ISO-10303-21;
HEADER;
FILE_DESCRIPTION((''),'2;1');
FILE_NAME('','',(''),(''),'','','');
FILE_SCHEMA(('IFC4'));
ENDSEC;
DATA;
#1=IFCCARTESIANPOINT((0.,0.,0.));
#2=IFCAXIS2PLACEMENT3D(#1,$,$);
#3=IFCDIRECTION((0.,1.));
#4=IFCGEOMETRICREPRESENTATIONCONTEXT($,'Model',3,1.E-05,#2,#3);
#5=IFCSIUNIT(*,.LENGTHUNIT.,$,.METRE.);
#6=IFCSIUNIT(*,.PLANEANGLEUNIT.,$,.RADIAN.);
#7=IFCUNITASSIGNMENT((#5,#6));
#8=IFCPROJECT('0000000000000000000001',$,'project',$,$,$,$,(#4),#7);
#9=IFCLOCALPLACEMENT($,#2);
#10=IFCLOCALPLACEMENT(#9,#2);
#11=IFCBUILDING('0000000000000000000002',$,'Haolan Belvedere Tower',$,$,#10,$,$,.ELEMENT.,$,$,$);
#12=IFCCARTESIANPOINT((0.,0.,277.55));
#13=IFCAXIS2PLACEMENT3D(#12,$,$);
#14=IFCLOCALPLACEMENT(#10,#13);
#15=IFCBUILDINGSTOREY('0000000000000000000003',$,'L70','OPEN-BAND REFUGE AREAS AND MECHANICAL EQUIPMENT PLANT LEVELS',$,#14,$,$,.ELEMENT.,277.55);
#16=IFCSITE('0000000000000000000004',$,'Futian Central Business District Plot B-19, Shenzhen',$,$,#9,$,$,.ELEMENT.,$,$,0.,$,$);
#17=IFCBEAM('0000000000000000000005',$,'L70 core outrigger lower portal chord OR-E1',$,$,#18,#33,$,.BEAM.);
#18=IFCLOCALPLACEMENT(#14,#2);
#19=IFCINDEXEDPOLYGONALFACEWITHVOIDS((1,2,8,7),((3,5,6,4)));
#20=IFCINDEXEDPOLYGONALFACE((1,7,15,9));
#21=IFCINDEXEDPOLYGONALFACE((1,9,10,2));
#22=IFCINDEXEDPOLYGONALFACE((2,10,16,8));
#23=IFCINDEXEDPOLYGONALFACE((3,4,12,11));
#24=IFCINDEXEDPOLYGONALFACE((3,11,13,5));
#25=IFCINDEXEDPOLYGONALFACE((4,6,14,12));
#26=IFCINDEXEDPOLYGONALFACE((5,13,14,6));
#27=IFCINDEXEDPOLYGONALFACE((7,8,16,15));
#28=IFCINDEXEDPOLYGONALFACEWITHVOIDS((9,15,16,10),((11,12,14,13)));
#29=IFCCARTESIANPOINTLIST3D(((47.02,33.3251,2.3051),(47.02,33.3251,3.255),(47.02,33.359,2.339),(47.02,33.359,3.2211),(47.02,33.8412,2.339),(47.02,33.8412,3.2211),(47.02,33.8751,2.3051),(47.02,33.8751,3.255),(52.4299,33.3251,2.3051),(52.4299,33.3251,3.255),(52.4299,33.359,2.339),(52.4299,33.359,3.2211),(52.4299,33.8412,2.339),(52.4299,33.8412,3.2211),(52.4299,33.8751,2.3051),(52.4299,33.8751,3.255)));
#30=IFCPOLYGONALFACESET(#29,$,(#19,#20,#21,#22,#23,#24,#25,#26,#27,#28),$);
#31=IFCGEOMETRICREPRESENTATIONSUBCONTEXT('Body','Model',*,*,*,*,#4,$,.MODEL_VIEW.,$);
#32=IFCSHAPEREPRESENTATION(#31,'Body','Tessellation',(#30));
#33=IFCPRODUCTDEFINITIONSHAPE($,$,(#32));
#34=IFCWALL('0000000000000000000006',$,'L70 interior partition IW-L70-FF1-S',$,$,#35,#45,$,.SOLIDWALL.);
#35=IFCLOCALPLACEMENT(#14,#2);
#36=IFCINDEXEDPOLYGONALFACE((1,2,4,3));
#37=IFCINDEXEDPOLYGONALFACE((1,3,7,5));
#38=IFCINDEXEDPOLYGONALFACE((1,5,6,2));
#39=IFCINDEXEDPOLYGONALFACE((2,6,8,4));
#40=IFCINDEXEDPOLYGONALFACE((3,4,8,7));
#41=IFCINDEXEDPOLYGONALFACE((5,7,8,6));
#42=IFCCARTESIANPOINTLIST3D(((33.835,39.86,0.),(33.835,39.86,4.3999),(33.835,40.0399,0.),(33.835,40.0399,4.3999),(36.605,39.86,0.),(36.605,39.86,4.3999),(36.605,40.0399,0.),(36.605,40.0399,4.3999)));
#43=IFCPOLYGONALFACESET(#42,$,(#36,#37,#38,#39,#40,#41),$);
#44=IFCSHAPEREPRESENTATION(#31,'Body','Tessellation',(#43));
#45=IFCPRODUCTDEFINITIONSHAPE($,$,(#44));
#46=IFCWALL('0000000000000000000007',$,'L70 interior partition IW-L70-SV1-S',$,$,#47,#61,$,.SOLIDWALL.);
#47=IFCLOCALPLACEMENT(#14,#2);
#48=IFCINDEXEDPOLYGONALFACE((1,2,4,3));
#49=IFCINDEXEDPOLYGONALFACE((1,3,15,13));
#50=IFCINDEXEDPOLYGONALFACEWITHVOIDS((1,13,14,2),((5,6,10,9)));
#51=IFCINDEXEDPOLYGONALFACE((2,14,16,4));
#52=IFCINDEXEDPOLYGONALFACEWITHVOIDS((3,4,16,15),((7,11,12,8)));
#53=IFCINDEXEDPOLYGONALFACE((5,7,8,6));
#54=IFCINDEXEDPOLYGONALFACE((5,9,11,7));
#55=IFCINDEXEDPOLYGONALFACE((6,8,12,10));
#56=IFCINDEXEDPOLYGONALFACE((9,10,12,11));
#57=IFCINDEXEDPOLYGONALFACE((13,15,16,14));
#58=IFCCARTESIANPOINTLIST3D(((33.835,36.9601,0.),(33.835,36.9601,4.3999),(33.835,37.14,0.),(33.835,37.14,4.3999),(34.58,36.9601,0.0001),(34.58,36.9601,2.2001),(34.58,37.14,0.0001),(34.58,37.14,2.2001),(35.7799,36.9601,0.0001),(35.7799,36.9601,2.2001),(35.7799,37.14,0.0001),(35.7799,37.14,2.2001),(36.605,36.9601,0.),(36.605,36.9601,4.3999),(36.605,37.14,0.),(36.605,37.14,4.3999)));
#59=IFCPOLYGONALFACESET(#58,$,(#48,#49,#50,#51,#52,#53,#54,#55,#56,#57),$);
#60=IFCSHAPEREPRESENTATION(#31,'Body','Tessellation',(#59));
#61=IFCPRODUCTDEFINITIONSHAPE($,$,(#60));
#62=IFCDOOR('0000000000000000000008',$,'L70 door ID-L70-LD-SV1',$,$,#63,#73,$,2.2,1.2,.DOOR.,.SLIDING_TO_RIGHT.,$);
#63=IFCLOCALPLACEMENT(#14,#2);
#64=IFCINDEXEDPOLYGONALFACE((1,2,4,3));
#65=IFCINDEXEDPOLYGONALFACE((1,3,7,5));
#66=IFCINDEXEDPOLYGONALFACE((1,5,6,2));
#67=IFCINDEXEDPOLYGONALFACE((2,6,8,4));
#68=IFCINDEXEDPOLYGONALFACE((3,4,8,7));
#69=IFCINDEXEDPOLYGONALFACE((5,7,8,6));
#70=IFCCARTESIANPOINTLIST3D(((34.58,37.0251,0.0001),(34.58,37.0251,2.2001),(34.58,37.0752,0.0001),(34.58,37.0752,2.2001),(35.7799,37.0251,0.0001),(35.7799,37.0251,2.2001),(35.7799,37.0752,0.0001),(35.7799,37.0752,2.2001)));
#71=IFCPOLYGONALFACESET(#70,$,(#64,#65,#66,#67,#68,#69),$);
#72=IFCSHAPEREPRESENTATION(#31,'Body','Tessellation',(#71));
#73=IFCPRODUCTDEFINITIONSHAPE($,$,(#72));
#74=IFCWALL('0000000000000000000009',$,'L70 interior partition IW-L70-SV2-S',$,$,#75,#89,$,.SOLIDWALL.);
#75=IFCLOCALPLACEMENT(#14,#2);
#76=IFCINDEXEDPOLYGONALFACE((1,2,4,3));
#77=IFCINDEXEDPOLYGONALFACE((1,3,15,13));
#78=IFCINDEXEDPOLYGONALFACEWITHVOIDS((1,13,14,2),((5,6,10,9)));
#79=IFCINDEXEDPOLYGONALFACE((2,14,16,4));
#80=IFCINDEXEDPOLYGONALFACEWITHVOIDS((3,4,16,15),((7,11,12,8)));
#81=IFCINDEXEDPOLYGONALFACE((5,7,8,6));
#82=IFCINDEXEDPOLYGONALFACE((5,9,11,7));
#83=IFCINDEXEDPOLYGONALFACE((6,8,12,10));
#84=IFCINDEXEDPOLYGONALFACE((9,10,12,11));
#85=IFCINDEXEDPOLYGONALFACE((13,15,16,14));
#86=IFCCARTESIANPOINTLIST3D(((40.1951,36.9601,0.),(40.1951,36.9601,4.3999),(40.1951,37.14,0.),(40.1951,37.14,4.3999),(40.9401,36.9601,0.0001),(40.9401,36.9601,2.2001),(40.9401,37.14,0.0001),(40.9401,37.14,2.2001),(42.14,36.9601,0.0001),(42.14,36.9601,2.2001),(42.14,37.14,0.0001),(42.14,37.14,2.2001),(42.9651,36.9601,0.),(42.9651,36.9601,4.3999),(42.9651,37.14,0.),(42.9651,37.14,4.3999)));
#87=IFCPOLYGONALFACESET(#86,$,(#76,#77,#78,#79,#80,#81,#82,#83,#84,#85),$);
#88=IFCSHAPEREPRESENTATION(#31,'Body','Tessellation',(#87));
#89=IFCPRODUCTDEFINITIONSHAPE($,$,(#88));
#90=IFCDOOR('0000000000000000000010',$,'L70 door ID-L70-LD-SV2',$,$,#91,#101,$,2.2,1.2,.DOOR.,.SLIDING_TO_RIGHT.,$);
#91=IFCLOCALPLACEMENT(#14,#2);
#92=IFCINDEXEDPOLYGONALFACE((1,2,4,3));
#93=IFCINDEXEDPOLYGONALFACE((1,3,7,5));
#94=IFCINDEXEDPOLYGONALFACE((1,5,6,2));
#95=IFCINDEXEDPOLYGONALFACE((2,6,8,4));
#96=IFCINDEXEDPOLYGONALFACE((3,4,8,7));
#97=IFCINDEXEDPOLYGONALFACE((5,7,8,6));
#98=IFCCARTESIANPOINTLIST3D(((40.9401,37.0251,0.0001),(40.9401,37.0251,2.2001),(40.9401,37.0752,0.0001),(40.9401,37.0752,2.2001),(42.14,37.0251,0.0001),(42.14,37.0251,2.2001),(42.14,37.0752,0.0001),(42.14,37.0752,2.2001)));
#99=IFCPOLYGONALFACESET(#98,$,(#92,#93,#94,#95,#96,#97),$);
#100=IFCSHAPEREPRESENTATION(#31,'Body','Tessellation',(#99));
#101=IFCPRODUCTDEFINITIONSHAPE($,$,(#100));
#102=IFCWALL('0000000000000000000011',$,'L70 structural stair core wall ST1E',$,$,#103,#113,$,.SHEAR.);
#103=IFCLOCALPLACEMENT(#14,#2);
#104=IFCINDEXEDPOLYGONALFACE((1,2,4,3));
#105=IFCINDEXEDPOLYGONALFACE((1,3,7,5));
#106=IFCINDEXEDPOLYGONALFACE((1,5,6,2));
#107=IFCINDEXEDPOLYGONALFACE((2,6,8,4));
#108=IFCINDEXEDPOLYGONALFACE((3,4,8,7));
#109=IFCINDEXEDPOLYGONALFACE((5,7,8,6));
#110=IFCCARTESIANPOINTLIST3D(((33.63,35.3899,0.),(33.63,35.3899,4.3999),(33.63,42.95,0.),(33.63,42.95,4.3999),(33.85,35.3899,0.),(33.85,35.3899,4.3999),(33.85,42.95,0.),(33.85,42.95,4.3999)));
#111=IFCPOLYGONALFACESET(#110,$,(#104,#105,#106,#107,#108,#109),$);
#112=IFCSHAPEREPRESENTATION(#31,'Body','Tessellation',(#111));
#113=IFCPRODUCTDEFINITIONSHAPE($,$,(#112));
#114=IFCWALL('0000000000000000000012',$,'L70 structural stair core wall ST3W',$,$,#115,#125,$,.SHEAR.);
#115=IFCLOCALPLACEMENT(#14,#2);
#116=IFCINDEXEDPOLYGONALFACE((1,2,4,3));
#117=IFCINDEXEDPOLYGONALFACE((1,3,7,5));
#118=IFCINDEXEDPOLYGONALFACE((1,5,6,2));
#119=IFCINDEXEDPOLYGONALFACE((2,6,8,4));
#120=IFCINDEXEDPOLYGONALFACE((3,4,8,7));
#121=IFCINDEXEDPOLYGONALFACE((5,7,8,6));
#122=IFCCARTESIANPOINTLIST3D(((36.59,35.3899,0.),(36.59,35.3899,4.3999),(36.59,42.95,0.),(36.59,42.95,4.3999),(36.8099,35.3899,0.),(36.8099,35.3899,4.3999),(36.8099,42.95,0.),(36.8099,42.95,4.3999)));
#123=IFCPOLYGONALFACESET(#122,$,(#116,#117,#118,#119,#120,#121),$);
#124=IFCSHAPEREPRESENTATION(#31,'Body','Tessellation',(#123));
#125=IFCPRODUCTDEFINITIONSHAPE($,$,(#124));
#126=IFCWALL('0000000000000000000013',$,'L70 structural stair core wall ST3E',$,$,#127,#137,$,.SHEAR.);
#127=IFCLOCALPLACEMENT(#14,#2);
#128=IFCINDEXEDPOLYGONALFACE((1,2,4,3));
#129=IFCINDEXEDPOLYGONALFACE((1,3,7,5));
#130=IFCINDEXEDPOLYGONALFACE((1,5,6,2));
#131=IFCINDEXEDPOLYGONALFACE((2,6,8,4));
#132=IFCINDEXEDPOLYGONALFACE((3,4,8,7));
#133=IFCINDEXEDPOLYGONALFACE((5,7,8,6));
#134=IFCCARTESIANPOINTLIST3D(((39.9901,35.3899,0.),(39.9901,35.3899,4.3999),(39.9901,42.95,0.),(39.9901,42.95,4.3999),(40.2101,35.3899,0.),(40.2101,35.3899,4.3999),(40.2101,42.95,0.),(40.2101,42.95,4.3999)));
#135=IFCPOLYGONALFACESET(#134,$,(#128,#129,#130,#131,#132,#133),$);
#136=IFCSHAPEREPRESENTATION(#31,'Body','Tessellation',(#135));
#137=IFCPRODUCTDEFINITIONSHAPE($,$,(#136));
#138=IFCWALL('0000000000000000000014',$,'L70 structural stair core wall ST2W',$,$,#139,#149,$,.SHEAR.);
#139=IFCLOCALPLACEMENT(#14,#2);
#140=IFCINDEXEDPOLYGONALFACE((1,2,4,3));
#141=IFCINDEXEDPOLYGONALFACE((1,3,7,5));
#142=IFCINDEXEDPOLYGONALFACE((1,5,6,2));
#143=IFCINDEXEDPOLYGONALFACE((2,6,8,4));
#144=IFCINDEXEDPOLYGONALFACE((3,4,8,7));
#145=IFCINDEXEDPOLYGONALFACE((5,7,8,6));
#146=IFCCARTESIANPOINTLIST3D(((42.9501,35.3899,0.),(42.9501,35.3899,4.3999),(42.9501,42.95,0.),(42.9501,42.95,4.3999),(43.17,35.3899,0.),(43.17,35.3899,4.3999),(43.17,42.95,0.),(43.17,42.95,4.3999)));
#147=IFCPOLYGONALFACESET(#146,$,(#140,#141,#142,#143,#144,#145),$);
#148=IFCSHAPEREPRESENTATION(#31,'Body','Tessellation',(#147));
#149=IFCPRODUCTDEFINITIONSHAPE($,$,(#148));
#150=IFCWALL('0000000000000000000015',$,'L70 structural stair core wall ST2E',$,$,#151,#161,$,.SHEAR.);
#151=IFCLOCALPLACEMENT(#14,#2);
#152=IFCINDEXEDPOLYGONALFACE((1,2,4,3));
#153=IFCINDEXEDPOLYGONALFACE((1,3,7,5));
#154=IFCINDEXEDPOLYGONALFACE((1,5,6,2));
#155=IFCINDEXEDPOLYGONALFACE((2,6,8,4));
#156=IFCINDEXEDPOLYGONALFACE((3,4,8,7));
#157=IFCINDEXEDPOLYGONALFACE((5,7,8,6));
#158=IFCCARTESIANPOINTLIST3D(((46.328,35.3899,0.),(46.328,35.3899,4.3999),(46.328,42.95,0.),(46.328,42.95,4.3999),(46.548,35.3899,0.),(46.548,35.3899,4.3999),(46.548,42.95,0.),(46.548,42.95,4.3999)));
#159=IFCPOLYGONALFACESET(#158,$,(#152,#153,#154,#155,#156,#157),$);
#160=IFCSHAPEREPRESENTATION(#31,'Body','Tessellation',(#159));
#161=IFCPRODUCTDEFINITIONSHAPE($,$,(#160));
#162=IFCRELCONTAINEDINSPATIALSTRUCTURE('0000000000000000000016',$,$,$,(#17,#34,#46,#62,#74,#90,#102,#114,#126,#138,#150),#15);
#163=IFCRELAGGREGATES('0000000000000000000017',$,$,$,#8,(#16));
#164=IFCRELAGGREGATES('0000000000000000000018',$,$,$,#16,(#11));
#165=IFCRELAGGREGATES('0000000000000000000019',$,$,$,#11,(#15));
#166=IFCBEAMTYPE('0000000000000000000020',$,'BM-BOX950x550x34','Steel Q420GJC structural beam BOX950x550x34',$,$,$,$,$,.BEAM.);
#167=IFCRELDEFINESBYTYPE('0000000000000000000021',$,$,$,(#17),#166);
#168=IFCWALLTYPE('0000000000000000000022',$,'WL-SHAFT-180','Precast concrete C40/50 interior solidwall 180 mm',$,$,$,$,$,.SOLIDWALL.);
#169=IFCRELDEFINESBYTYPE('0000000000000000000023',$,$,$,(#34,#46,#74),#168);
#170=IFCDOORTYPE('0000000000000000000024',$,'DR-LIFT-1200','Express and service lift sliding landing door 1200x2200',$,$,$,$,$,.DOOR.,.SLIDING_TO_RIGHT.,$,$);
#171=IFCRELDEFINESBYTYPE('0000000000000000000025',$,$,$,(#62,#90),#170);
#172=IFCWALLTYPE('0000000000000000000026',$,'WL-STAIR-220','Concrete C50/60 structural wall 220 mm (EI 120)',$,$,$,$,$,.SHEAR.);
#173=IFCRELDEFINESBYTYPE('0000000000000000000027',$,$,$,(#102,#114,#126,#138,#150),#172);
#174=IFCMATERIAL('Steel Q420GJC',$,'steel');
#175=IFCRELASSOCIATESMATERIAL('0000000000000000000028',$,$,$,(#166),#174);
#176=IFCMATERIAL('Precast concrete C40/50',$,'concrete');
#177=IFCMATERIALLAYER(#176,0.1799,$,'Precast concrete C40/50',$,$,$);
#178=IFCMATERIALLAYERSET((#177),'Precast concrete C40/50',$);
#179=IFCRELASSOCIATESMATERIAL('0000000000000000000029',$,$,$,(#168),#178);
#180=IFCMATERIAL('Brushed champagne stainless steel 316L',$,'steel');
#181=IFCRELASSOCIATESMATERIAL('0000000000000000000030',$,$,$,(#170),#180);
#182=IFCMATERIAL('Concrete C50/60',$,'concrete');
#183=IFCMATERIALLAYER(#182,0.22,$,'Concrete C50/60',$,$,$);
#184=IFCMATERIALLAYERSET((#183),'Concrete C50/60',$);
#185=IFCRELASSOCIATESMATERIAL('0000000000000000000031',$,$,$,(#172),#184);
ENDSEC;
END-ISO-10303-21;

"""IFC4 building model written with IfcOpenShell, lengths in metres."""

from ifc_helpers import new_model, si_unit, direction, frame, frame_2d, origin, origin_2d, place, context, subcontext, project, spatial, rectangle, hollow_rectangle, extrude, material, layer, layer_set, material_profile, profile_set, type_object, element, fill, save


model = new_model("IFC4")

# Units and contexts
model_context = context("Model", 3, precision=1e-05, world=origin(), true_north=direction((0.0, 1.0)))
body_context = subcontext(model_context, "Body", "Model", "MODEL_VIEW")
ifc_project = project(units=[si_unit("LENGTHUNIT", "METRE"), si_unit("PLANEANGLEUNIT", "RADIAN")], contexts=[model_context])

# Site, building, storey
site_placement = place(None, origin())
site = spatial("IfcSite", under=ifc_project, at=site_placement, Name="Futian Central Business District Plot B-19, Shenzhen", CompositionType="ELEMENT", RefElevation=0.0)
building_placement = place(site_placement, origin())
building = spatial("IfcBuilding", under=site, at=building_placement, Name="Haolan Belvedere Tower", CompositionType="ELEMENT")
storey_placement = place(building_placement, frame((0.0, 0.0, 277.55)))
storey = spatial("IfcBuildingStorey", under=building, at=storey_placement, Name="L70", Description="OPEN-BAND REFUGE AREAS AND MECHANICAL EQUIPMENT PLANT LEVELS", CompositionType="ELEMENT", Elevation=277.55)

# Beam
ifc_material_1 = material(Name="Steel Q420GJC", Category="steel")
ifc_material_profile = material_profile(ifc_material_1, hollow_rectangle(XDim=0.55, YDim=0.95, WallThickness=0.0339, at=origin_2d()), Name="Steel Q420GJC")
ifc_profile_set = profile_set([ifc_material_profile], Name="Steel Q420GJC")
beam_type = type_object("IfcBeamType", Name="BM-BOX950x550x34", Description="Steel Q420GJC structural beam BOX950x550x34", PredefinedType="BEAM", material=ifc_profile_set)
beam_placement = place(storey_placement, frame((47.02, 33.6001, 2.78), z_axis=(1.0, 0.0, 0.0), x_axis=(0.0, 1.0, 0.0)))
element("IfcBeam", 1, at=beam_placement, inside=storey, type_object=beam_type, Name="L70 core outrigger lower portal chord OR-E1", PredefinedType="BEAM", context=body_context, shape_type="SweptSolid", body=[
    extrude(hollow_rectangle(XDim=0.55, YDim=0.95, WallThickness=0.0339, at=origin_2d()), origin(), (0.0, 0.0, 1.0), 5.4099),
])

# Wall
ifc_material_2 = material(Name="Precast concrete C40/50", Category="concrete")
ifc_layer_1 = layer(ifc_material_2, 0.1799, Name="Precast concrete C40/50")
ifc_layer_set_1 = layer_set([ifc_layer_1], Name="Precast concrete C40/50")
wall_type_1 = type_object("IfcWallType", Name="WL-SHAFT-180", Description="Precast concrete C40/50 interior solidwall 180 mm", PredefinedType="SOLIDWALL", material=ifc_layer_set_1)
wall_1_placement = place(storey_placement, frame((33.835, 39.95, 0.0), z_axis=(0.0, 0.0, 1.0), x_axis=(1.0, 0.0, 0.0)))
element("IfcWall", 2, at=wall_1_placement, inside=storey, type_object=wall_type_1, Name="L70 interior partition IW-L70-FF1-S", PredefinedType="SOLIDWALL", context=body_context, shape_type="SweptSolid", body=[
    extrude(rectangle(XDim=2.77, YDim=0.1799, at=frame_2d((1.385, 0.0))), origin(), (0.0, 0.0, 1.0), 4.3999),
])

# Walls, openings, doors
wall_2_placement = place(storey_placement, frame((33.835, 37.05, 0.0), z_axis=(0.0, 0.0, 1.0), x_axis=(1.0, 0.0, 0.0)))
wall_2 = element("IfcWall", 3, at=wall_2_placement, inside=storey, type_object=wall_type_1, Name="L70 interior partition IW-L70-SV1-S", PredefinedType="SOLIDWALL", context=body_context, shape_type="SweptSolid", body=[
    extrude(rectangle(XDim=2.77, YDim=0.1799, at=frame_2d((1.385, 0.0))), origin(), (0.0, 0.0, 1.0), 4.3999),
])
opening_1_placement = place(wall_2_placement, frame((1.9451, 0.0, 0.0), z_axis=(0.0, 0.0, 1.0), x_axis=(-1.0, 0.0, 0.0)))
opening_1 = element("IfcOpeningElement", 4, at=opening_1_placement, cuts=wall_2, PredefinedType="OPENING", context=body_context, shape_type="SweptSolid", body=[
    extrude(rectangle(XDim=1.2, YDim=2.2, at=frame_2d((0.6001, 1.1001))), frame((0.0, 0.0999, 0.0), z_axis=(0.0, -1.0, 0.0), x_axis=(1.0, 0.0, 0.0)), (0.0, 0.0, 1.0), 0.2),
])
ifc_material_3 = material(Name="Brushed champagne stainless steel 316L", Category="steel")
door_type = type_object("IfcDoorType", Name="DR-LIFT-1200", Description="Express and service lift sliding landing door 1200x2200", OperationType="SLIDING_TO_RIGHT", PredefinedType="DOOR", material=ifc_material_3)
door_1_placement = place(opening_1_placement, origin())
door_1 = element("IfcDoor", 5, at=door_1_placement, inside=storey, type_object=door_type, Name="L70 door ID-L70-LD-SV1", OperationType="SLIDING_TO_RIGHT", OverallHeight=2.2, OverallWidth=1.2, PredefinedType="DOOR", context=body_context, shape_type="SweptSolid", body=[
    extrude(rectangle(XDim=1.2, YDim=2.2, at=frame_2d((0.6001, 1.1001))), frame((0.0, 0.0249, 0.0), z_axis=(0.0, -1.0, 0.0), x_axis=(1.0, 0.0, 0.0)), (0.0, 0.0, 1.0), 0.05),
])
fill(opening_1, door_1)
wall_3_placement = place(storey_placement, frame((40.1951, 37.05, 0.0), z_axis=(0.0, 0.0, 1.0), x_axis=(1.0, 0.0, 0.0)))
wall_3 = element("IfcWall", 6, at=wall_3_placement, inside=storey, type_object=wall_type_1, Name="L70 interior partition IW-L70-SV2-S", PredefinedType="SOLIDWALL", context=body_context, shape_type="SweptSolid", body=[
    extrude(rectangle(XDim=2.77, YDim=0.1799, at=frame_2d((1.385, 0.0))), origin(), (0.0, 0.0, 1.0), 4.3999),
])
opening_2_placement = place(wall_3_placement, frame((1.9451, 0.0, 0.0), z_axis=(0.0, 0.0, 1.0), x_axis=(-1.0, 0.0, 0.0)))
opening_2 = element("IfcOpeningElement", 7, at=opening_2_placement, cuts=wall_3, PredefinedType="OPENING", context=body_context, shape_type="SweptSolid", body=[
    extrude(rectangle(XDim=1.2, YDim=2.2, at=frame_2d((0.6001, 1.1001))), frame((0.0, 0.0999, 0.0), z_axis=(0.0, -1.0, 0.0), x_axis=(1.0, 0.0, 0.0)), (0.0, 0.0, 1.0), 0.2),
])
door_2_placement = place(opening_2_placement, origin())
door_2 = element("IfcDoor", 8, at=door_2_placement, inside=storey, type_object=door_type, Name="L70 door ID-L70-LD-SV2", OperationType="SLIDING_TO_RIGHT", OverallHeight=2.2, OverallWidth=1.2, PredefinedType="DOOR", context=body_context, shape_type="SweptSolid", body=[
    extrude(rectangle(XDim=1.2, YDim=2.2, at=frame_2d((0.6001, 1.1001))), frame((0.0, 0.0249, 0.0), z_axis=(0.0, -1.0, 0.0), x_axis=(1.0, 0.0, 0.0)), (0.0, 0.0, 1.0), 0.05),
])
fill(opening_2, door_2)

# Walls
ifc_material_4 = material(Name="Concrete C50/60", Category="concrete")
ifc_layer_2 = layer(ifc_material_4, 0.22, Name="Concrete C50/60")
ifc_layer_set_2 = layer_set([ifc_layer_2], Name="Concrete C50/60")
wall_type_2 = type_object("IfcWallType", Name="WL-STAIR-220", Description="Concrete C50/60 structural wall 220 mm (EI 120)", PredefinedType="SHEAR", material=ifc_layer_set_2)
for number, where, z_axis, x_axis, name in (
    (9, (33.74, 35.3899, 0.0), (0.0, 0.0, 1.0), (0.0, 1.0, 0.0), "L70 structural stair core wall ST1E"),
    (10, (36.7, 35.3899, 0.0), (0.0, 0.0, 1.0), (0.0, 1.0, 0.0), "L70 structural stair core wall ST3W"),
    (11, (40.1001, 35.3899, 0.0), (0.0, 0.0, 1.0), (0.0, 1.0, 0.0), "L70 structural stair core wall ST3E"),
    (12, (43.0601, 35.3899, 0.0), (0.0, 0.0, 1.0), (0.0, 1.0, 0.0), "L70 structural stair core wall ST2W"),
    (13, (46.438, 35.3899, 0.0), (0.0, 0.0, 1.0), (0.0, 1.0, 0.0), "L70 structural stair core wall ST2E"),
):
    element("IfcWall", number, at=place(storey_placement, frame(where, z_axis=z_axis, x_axis=x_axis)), inside=storey, type_object=wall_type_2, Name=name, PredefinedType="SHEAR", context=body_context, shape_type="SweptSolid", body=[
        extrude(rectangle(XDim=7.5601, YDim=0.22, at=frame_2d((3.78, 0.0))), origin(), (0.0, 0.0, 1.0), 4.3999),
    ])

save(model, "model.ifc")
